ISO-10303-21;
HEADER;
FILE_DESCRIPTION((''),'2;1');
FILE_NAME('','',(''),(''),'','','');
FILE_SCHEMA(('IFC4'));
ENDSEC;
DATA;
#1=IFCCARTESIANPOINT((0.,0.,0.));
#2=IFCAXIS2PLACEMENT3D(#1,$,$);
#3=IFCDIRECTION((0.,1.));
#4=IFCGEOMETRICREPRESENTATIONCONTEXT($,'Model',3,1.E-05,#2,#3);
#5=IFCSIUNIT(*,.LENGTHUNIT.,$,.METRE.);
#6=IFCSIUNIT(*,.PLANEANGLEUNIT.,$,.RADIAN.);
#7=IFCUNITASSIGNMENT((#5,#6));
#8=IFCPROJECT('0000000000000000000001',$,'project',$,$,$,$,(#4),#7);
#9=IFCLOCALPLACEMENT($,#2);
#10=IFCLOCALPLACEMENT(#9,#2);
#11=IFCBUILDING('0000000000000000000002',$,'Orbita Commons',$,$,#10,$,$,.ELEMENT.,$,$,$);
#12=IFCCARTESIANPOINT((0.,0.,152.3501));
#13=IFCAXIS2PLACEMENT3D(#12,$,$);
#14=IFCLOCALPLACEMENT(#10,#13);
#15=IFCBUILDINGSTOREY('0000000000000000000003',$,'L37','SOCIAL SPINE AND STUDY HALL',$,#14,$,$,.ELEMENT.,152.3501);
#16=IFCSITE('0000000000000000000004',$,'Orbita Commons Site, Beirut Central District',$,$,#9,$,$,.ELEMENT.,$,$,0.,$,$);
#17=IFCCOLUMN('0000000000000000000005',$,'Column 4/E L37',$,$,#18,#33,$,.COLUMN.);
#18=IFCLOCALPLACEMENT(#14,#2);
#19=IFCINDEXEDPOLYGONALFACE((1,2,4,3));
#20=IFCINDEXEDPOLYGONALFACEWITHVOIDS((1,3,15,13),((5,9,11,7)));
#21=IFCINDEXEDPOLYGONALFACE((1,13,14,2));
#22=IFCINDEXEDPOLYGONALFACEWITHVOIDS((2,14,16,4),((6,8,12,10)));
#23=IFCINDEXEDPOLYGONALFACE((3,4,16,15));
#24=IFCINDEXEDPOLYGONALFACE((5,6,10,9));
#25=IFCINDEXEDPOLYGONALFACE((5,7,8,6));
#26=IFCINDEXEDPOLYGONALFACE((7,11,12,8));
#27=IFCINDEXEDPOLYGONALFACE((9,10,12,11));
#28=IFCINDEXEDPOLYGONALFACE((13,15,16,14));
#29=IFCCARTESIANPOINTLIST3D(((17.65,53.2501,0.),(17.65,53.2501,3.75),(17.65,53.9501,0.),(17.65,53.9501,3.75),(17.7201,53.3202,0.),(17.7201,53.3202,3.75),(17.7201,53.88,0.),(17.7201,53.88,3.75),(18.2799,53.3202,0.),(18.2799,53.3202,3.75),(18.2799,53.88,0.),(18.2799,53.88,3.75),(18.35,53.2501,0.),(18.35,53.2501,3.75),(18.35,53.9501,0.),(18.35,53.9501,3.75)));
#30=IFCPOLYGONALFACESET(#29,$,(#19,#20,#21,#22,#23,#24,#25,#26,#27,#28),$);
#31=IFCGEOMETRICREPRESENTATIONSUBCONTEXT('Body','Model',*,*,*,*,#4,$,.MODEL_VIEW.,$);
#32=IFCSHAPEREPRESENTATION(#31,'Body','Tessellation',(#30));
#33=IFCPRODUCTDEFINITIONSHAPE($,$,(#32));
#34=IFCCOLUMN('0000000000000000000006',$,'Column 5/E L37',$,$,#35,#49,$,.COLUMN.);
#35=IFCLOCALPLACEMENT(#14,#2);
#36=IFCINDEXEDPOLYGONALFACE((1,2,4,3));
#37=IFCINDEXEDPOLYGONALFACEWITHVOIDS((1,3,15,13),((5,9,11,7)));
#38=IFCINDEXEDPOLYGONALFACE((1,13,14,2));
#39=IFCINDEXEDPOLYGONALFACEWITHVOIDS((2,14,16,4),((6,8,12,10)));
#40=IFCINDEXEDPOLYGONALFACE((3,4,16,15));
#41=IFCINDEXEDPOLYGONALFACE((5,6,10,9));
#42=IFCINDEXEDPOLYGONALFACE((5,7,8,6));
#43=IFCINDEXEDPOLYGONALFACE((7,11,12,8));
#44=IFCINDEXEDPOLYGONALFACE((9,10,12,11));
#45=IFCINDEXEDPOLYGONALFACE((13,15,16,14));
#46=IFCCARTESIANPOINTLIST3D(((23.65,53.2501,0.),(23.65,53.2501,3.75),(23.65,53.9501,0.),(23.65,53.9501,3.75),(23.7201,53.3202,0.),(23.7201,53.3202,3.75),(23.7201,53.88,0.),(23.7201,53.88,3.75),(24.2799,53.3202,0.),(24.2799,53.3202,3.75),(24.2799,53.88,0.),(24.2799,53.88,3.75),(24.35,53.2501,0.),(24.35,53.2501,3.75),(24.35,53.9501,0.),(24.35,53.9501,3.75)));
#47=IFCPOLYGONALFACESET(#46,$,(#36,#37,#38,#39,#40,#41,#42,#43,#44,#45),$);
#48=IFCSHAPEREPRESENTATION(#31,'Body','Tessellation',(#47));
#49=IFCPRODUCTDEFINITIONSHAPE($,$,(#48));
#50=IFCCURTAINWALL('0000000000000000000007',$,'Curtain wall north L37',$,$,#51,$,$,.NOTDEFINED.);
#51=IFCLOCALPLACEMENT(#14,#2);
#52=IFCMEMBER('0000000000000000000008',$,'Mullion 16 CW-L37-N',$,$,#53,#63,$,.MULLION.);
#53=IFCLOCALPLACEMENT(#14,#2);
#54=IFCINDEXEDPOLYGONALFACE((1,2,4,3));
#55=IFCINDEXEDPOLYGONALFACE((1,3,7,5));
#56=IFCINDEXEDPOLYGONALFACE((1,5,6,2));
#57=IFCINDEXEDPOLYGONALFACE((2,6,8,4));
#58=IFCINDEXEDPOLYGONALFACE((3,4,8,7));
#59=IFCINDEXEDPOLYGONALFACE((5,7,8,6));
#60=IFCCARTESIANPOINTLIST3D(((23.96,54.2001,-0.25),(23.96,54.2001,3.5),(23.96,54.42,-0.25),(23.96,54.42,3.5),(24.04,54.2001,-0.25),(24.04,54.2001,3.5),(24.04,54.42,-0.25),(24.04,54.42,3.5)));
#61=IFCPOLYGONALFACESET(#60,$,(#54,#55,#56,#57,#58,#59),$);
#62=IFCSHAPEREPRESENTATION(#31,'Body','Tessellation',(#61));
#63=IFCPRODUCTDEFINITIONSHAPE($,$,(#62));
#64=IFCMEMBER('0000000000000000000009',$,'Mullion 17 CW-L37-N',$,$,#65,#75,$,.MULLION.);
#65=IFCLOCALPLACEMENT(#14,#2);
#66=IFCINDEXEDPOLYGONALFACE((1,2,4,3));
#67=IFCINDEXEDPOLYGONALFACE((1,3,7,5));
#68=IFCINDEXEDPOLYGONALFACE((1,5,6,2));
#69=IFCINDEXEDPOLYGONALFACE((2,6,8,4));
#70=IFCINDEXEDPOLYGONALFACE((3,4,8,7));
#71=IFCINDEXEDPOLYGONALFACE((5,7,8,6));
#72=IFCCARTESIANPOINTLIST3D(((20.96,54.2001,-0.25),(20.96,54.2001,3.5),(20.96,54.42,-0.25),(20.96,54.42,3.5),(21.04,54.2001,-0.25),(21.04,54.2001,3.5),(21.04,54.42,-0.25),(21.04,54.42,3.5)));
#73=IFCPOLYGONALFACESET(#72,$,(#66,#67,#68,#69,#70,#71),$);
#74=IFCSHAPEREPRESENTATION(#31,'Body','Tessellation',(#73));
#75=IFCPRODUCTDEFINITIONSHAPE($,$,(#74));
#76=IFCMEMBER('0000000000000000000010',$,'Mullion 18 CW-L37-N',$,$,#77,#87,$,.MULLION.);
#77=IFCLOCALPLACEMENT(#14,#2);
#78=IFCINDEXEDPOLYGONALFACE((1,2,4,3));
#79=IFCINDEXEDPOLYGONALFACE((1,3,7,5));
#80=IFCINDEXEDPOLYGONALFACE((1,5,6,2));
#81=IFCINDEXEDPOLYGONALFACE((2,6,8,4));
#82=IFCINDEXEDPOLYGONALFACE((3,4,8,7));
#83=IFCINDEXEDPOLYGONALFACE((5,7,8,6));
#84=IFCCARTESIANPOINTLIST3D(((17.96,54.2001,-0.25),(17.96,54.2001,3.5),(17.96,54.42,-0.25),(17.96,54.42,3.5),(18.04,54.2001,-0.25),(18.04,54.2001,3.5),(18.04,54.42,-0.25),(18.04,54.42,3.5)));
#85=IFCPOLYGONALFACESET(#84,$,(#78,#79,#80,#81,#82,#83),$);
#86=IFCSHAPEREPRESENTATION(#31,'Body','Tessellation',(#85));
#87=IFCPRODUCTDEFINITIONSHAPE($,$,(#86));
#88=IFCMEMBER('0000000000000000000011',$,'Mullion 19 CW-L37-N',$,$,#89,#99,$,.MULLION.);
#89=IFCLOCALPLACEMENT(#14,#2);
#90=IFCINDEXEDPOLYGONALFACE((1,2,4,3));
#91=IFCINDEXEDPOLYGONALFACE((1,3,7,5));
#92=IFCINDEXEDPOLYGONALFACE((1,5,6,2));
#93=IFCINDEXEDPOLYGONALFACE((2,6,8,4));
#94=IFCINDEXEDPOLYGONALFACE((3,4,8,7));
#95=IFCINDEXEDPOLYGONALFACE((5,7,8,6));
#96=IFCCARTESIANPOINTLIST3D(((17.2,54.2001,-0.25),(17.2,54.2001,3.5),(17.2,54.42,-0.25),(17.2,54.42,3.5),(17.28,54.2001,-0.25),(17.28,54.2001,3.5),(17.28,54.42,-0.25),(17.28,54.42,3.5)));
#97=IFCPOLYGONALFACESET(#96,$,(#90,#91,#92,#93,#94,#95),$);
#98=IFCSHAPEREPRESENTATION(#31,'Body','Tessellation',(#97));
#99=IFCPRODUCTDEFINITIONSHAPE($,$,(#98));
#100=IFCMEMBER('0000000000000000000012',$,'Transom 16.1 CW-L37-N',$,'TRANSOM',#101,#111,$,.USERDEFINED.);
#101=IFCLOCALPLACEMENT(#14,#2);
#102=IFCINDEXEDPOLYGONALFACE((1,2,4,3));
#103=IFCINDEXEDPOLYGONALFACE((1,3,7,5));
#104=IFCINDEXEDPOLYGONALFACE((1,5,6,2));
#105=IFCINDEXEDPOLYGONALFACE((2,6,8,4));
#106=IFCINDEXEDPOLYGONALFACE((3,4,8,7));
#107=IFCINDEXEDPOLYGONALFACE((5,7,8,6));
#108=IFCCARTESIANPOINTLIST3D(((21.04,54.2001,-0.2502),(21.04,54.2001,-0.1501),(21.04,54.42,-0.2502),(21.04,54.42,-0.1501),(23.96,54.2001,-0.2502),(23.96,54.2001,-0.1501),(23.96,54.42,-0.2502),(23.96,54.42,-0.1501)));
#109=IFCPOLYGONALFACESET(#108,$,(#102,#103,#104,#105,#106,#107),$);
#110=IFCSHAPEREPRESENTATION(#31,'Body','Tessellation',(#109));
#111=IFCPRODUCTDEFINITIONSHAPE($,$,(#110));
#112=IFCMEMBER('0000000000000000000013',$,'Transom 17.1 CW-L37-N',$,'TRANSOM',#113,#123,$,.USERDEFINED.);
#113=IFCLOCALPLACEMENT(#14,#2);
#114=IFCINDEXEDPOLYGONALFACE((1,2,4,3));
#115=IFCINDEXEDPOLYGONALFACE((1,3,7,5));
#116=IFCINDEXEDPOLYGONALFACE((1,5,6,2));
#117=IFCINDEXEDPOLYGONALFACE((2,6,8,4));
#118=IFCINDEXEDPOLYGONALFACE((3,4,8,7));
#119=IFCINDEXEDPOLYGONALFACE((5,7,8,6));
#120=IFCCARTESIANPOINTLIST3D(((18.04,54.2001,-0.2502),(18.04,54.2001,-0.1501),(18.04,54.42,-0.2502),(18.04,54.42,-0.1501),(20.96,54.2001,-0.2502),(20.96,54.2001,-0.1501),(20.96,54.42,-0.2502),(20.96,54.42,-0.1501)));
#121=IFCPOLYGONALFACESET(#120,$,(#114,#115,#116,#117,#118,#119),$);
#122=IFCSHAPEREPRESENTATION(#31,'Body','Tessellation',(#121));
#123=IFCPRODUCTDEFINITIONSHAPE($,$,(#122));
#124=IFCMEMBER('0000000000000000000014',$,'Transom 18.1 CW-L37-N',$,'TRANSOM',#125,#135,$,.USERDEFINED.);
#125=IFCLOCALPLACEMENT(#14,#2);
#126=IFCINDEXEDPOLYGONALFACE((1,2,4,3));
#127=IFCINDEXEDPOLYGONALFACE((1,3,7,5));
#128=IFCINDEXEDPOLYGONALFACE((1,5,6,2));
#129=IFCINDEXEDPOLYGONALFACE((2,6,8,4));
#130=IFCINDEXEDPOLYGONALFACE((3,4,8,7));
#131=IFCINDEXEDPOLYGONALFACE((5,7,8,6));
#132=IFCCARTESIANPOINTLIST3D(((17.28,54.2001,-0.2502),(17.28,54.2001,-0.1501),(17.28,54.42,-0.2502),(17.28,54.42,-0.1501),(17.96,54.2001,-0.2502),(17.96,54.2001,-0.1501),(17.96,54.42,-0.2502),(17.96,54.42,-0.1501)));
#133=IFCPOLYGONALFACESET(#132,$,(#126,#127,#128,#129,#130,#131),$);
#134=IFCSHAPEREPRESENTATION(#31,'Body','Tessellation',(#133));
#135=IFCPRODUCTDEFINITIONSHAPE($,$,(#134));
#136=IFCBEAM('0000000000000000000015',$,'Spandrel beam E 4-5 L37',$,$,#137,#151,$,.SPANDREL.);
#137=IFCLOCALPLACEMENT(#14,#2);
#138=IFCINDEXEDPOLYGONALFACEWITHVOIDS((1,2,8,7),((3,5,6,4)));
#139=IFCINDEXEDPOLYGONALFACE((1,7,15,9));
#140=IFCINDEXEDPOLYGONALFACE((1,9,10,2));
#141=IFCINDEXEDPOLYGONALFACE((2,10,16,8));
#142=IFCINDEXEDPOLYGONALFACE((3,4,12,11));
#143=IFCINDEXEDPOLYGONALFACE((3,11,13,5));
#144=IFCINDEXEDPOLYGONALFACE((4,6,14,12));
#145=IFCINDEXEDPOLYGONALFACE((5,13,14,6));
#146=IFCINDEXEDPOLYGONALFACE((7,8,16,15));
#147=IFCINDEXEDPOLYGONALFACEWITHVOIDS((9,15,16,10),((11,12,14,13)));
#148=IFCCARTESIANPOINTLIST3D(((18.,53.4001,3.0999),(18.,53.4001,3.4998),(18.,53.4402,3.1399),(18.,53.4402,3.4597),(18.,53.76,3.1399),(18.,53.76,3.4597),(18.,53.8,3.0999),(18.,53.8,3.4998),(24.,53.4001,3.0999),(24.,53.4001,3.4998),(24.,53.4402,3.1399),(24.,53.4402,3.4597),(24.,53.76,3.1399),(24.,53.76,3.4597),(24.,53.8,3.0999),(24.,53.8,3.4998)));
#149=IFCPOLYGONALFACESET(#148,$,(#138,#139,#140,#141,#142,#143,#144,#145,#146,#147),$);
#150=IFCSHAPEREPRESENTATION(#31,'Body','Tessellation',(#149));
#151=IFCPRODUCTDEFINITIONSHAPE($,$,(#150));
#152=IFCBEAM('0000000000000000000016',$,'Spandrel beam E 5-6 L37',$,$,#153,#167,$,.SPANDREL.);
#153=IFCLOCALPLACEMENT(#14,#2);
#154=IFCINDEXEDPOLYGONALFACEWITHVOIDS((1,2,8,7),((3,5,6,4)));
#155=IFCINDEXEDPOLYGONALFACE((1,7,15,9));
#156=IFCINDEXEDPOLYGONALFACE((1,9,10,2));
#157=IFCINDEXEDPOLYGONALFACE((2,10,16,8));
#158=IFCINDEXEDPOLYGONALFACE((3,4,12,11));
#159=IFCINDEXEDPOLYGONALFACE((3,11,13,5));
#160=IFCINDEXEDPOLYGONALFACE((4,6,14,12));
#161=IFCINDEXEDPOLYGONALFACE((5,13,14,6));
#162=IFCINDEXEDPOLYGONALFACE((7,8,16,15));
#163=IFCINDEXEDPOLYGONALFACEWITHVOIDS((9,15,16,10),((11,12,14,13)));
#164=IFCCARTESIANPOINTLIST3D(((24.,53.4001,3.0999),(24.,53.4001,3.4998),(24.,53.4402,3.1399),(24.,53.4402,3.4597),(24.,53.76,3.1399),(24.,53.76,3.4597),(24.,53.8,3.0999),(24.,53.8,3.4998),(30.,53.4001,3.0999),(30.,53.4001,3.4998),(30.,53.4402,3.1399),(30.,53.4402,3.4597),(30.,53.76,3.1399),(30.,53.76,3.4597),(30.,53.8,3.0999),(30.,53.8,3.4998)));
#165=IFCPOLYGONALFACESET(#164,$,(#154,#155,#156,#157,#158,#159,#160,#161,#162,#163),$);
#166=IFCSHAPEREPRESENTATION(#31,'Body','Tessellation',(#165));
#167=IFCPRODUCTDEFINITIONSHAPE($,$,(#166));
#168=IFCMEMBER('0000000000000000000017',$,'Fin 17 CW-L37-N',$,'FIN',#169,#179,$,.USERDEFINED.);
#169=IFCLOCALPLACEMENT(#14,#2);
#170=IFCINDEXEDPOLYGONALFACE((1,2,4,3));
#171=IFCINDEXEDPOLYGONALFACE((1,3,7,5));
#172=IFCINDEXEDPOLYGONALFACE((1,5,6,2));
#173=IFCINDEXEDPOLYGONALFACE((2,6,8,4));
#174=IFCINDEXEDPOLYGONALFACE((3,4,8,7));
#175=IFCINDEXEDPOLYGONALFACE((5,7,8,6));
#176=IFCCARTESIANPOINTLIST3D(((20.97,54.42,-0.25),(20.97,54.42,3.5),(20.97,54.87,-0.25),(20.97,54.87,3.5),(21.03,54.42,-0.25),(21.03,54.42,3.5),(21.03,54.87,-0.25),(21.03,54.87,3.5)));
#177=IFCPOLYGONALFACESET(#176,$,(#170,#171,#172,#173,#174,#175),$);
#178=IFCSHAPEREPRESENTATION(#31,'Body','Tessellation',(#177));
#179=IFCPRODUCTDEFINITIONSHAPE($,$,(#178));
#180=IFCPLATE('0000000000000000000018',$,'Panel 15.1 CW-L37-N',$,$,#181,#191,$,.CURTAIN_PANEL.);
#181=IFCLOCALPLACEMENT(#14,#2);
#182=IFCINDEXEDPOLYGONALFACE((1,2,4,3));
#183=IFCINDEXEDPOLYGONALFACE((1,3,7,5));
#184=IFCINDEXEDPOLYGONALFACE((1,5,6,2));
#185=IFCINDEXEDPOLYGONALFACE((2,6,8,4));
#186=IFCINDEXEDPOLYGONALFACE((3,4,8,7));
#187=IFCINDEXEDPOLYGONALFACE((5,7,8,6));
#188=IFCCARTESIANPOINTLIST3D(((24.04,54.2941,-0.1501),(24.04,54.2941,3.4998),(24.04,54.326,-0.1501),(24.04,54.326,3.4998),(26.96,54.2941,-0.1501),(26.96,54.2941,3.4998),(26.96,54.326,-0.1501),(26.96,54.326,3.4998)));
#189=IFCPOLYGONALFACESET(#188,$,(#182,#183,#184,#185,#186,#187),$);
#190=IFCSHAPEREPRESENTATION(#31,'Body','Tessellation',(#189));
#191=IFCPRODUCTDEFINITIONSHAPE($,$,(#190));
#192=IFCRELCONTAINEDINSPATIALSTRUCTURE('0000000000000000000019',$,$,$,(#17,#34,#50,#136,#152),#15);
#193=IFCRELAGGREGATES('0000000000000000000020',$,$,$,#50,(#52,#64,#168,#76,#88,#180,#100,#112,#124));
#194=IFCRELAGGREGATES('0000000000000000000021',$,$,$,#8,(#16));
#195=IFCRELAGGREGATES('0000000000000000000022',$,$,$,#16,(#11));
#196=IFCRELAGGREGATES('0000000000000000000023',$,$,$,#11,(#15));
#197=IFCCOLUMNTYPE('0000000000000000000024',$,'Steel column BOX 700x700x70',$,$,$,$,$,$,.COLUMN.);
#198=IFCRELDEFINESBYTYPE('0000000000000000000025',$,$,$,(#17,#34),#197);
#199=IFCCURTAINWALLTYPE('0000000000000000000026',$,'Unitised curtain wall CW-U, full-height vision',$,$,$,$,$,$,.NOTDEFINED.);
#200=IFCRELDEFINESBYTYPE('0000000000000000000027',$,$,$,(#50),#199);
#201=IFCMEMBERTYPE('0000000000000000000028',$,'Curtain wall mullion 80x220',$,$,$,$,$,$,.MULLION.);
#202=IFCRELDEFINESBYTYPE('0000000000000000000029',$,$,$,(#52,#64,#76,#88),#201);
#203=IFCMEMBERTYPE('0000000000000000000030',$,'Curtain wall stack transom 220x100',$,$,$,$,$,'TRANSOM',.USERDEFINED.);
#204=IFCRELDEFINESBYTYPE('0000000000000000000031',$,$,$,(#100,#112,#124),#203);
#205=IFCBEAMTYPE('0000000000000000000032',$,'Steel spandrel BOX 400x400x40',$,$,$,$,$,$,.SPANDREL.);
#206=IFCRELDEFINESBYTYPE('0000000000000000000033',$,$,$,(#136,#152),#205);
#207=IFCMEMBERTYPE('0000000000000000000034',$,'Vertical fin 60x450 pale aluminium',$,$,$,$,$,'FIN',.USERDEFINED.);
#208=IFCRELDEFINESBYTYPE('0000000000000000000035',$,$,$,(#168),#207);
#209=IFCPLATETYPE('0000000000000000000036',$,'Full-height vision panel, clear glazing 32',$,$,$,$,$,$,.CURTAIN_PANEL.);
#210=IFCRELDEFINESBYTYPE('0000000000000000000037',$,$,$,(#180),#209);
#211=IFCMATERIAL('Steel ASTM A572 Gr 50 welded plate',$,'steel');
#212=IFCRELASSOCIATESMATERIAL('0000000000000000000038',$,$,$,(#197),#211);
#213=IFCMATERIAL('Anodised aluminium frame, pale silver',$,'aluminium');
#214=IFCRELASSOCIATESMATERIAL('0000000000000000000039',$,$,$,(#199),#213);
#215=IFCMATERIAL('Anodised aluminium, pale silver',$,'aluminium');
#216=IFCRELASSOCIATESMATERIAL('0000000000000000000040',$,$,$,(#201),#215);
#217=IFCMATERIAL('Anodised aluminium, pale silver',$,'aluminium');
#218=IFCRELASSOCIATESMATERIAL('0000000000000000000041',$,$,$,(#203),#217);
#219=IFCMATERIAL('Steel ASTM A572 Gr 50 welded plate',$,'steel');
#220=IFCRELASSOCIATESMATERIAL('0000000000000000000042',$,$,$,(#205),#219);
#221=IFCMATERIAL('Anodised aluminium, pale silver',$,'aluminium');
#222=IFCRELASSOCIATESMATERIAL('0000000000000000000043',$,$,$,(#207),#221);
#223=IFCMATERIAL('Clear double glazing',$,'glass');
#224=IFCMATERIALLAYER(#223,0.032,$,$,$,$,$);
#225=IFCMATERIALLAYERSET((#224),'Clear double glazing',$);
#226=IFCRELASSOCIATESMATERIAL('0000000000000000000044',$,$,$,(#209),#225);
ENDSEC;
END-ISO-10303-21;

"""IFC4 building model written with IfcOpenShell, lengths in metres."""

from ifc_helpers import new_model, si_unit, direction, frame, origin, origin_2d, place, context, subcontext, project, spatial, rectangle, hollow_rectangle, extrude, material, layer, layer_set, material_profile, profile_set, type_object, element, aggregate, save


model = new_model("IFC4")

# Units and contexts
model_context = context("Model", 3, precision=1e-05, world=origin(), true_north=direction((0.0, 1.0)))
body_context = subcontext(model_context, "Body", "Model", "MODEL_VIEW")
ifc_project = project(units=[si_unit("LENGTHUNIT", "METRE"), si_unit("PLANEANGLEUNIT", "RADIAN")], contexts=[model_context])

# Site, building, storey
site_placement = place(None, origin())
site = spatial("IfcSite", under=ifc_project, at=site_placement, Name="Orbita Commons Site, Beirut Central District", CompositionType="ELEMENT", RefElevation=0.0)
building_placement = place(site_placement, origin())
building = spatial("IfcBuilding", under=site, at=building_placement, Name="Orbita Commons", CompositionType="ELEMENT")
storey_placement = place(building_placement, frame((0.0, 0.0, 152.3501)))
storey = spatial("IfcBuildingStorey", under=building, at=storey_placement, Name="L37", Description="SOCIAL SPINE AND STUDY HALL", CompositionType="ELEMENT", Elevation=152.3501)

# Columns
ifc_material_1 = material(Name="Steel ASTM A572 Gr 50 welded plate", Category="steel")
ifc_material_profile_1 = material_profile(ifc_material_1, hollow_rectangle(XDim=0.7, YDim=0.7, WallThickness=0.0701, at=origin_2d()), Name="BOX 700x700x70")
ifc_profile_set_1 = profile_set([ifc_material_profile_1], Name="Steel ASTM A572 Gr 50 welded plate")
column_type = type_object("IfcColumnType", Name="Steel column BOX 700x700x70", PredefinedType="COLUMN", material=ifc_profile_set_1)
for number, where, z_axis, x_axis, name in (
    (1, (18.0, 53.6001, 0.0), (0.0, 0.0, 1.0), (1.0, 0.0, 0.0), "Column 4/E L37"),
    (2, (24.0, 53.6001, 0.0), (0.0, 0.0, 1.0), (1.0, 0.0, 0.0), "Column 5/E L37"),
):
    element("IfcColumn", number, at=place(storey_placement, frame(where, z_axis=z_axis, x_axis=x_axis)), inside=storey, type_object=column_type, Name=name, PredefinedType="COLUMN", context=body_context, shape_type="SweptSolid", body=[
        extrude(hollow_rectangle(XDim=0.7, YDim=0.7, WallThickness=0.0701, at=origin_2d()), origin(), (0.0, 0.0, 1.0), 3.75),
    ])

# Curtain wall, members
ifc_material_2 = material(Name="Anodised aluminium frame, pale silver", Category="aluminium")
curtain_wall_type = type_object("IfcCurtainWallType", Name="Unitised curtain wall CW-U, full-height vision", PredefinedType="NOTDEFINED", material=ifc_material_2)
curtain_wall_placement = place(storey_placement, origin())
curtain_wall = element("IfcCurtainWall", 3, at=curtain_wall_placement, inside=storey, type_object=curtain_wall_type, Name="Curtain wall north L37", PredefinedType="NOTDEFINED")
ifc_material_3 = material(Name="Anodised aluminium, pale silver", Category="aluminium")
ifc_material_profile_2 = material_profile(ifc_material_3, rectangle(XDim=0.0801, YDim=0.22, at=origin_2d()), Name="AL 80x220")
ifc_profile_set_2 = profile_set([ifc_material_profile_2], Name="Anodised aluminium, pale silver")
member_type_1 = type_object("IfcMemberType", Name="Curtain wall mullion 80x220", PredefinedType="MULLION", material=ifc_profile_set_2)
member_1_placement = place(storey_placement, frame((24.0, 54.3101, -0.25), z_axis=(0.0, 0.0, 1.0), x_axis=(-1.0, 0.0, 0.0)))
member_1 = element("IfcMember", 4, at=member_1_placement, type_object=member_type_1, Name="Mullion 16 CW-L37-N", PredefinedType="MULLION", context=body_context, shape_type="SweptSolid", body=[
    extrude(rectangle(XDim=0.0801, YDim=0.22, at=origin_2d()), origin(), (0.0, 0.0, 1.0), 3.75),
])
member_2_placement = place(storey_placement, frame((21.0, 54.3101, -0.25), z_axis=(0.0, 0.0, 1.0), x_axis=(-1.0, 0.0, 0.0)))
member_2 = element("IfcMember", 5, at=member_2_placement, type_object=member_type_1, Name="Mullion 17 CW-L37-N", PredefinedType="MULLION", context=body_context, shape_type="SweptSolid", body=[
    extrude(rectangle(XDim=0.0801, YDim=0.22, at=origin_2d()), origin(), (0.0, 0.0, 1.0), 3.75),
])
member_3_placement = place(storey_placement, frame((18.0, 54.3101, -0.25), z_axis=(0.0, 0.0, 1.0), x_axis=(-1.0, 0.0, 0.0)))
member_3 = element("IfcMember", 6, at=member_3_placement, type_object=member_type_1, Name="Mullion 18 CW-L37-N", PredefinedType="MULLION", context=body_context, shape_type="SweptSolid", body=[
    extrude(rectangle(XDim=0.0801, YDim=0.22, at=origin_2d()), origin(), (0.0, 0.0, 1.0), 3.75),
])
member_4_placement = place(storey_placement, frame((17.24, 54.3101, -0.25), z_axis=(0.0, 0.0, 1.0), x_axis=(-1.0, 0.0, 0.0)))
member_4 = element("IfcMember", 7, at=member_4_placement, type_object=member_type_1, Name="Mullion 19 CW-L37-N", PredefinedType="MULLION", context=body_context, shape_type="SweptSolid", body=[
    extrude(rectangle(XDim=0.0801, YDim=0.22, at=origin_2d()), origin(), (0.0, 0.0, 1.0), 3.75),
])
ifc_material_4 = material(Name="Anodised aluminium, pale silver", Category="aluminium")
ifc_material_profile_3 = material_profile(ifc_material_4, rectangle(XDim=0.22, YDim=0.1001, at=origin_2d()), Name="AL 220x100")
ifc_profile_set_3 = profile_set([ifc_material_profile_3], Name="Anodised aluminium, pale silver")
member_type_2 = type_object("IfcMemberType", Name="Curtain wall stack transom 220x100", ElementType="TRANSOM", PredefinedType="USERDEFINED", material=ifc_profile_set_3)
member_5_placement = place(storey_placement, frame((23.96, 54.3101, -0.2002), z_axis=(-1.0, 0.0, 0.0), x_axis=(0.0, -1.0, 0.0)))
member_5 = element("IfcMember", 8, at=member_5_placement, type_object=member_type_2, Name="Transom 16.1 CW-L37-N", ObjectType="TRANSOM", PredefinedType="USERDEFINED", context=body_context, shape_type="SweptSolid", body=[
    extrude(rectangle(XDim=0.22, YDim=0.1001, at=origin_2d()), origin(), (0.0, 0.0, 1.0), 2.9199),
])
member_6_placement = place(storey_placement, frame((20.96, 54.3101, -0.2002), z_axis=(-1.0, 0.0, 0.0), x_axis=(0.0, -1.0, 0.0)))
member_6 = element("IfcMember", 9, at=member_6_placement, type_object=member_type_2, Name="Transom 17.1 CW-L37-N", ObjectType="TRANSOM", PredefinedType="USERDEFINED", context=body_context, shape_type="SweptSolid", body=[
    extrude(rectangle(XDim=0.22, YDim=0.1001, at=origin_2d()), origin(), (0.0, 0.0, 1.0), 2.9199),
])
member_7_placement = place(storey_placement, frame((17.96, 54.3101, -0.2002), z_axis=(-1.0, 0.0, 0.0), x_axis=(0.0, -1.0, 0.0)))
member_7 = element("IfcMember", 10, at=member_7_placement, type_object=member_type_2, Name="Transom 18.1 CW-L37-N", ObjectType="TRANSOM", PredefinedType="USERDEFINED", context=body_context, shape_type="SweptSolid", body=[
    extrude(rectangle(XDim=0.22, YDim=0.1001, at=origin_2d()), origin(), (0.0, 0.0, 1.0), 0.6799),
])

# Beams
ifc_material_5 = material(Name="Steel ASTM A572 Gr 50 welded plate", Category="steel")
ifc_material_profile_4 = material_profile(ifc_material_5, hollow_rectangle(XDim=0.3999, YDim=0.3999, WallThickness=0.04, at=origin_2d()), Name="BOX 400x400x40")
ifc_profile_set_4 = profile_set([ifc_material_profile_4], Name="Steel ASTM A572 Gr 50 welded plate")
beam_type = type_object("IfcBeamType", Name="Steel spandrel BOX 400x400x40", PredefinedType="SPANDREL", material=ifc_profile_set_4)
for number, where, z_axis, x_axis, name in (
    (11, (18.0, 53.6001, 3.2998), (1.0, 0.0, 0.0), (0.0, 1.0, 0.0), "Spandrel beam E 4-5 L37"),
    (12, (24.0, 53.6001, 3.2998), (1.0, 0.0, 0.0), (0.0, 1.0, 0.0), "Spandrel beam E 5-6 L37"),
):
    element("IfcBeam", number, at=place(storey_placement, frame(where, z_axis=z_axis, x_axis=x_axis)), inside=storey, type_object=beam_type, Name=name, PredefinedType="SPANDREL", context=body_context, shape_type="SweptSolid", body=[
        extrude(hollow_rectangle(XDim=0.3999, YDim=0.3999, WallThickness=0.04, at=origin_2d()), origin(), (0.0, 0.0, 1.0), 6.0),
    ])

# Member
ifc_material_6 = material(Name="Anodised aluminium, pale silver", Category="aluminium")
ifc_material_profile_5 = material_profile(ifc_material_6, rectangle(XDim=0.0601, YDim=0.45, at=origin_2d()), Name="FIN 60x450")
ifc_profile_set_5 = profile_set([ifc_material_profile_5], Name="Anodised aluminium, pale silver")
member_type_3 = type_object("IfcMemberType", Name="Vertical fin 60x450 pale aluminium", ElementType="FIN", PredefinedType="USERDEFINED", material=ifc_profile_set_5)
member_8_placement = place(storey_placement, frame((21.0, 54.645, -0.25), z_axis=(0.0, 0.0, 1.0), x_axis=(-1.0, 0.0, 0.0)))
member_8 = element("IfcMember", 13, at=member_8_placement, type_object=member_type_3, Name="Fin 17 CW-L37-N", ObjectType="FIN", PredefinedType="USERDEFINED", context=body_context, shape_type="SweptSolid", body=[
    extrude(rectangle(XDim=0.0601, YDim=0.45, at=origin_2d()), origin(), (0.0, 0.0, 1.0), 3.75),
])

# Plate
ifc_material_7 = material(Name="Clear double glazing", Category="glass")
ifc_layer_1 = layer(ifc_material_7, 0.032)
ifc_layer_set_1 = layer_set([ifc_layer_1], Name="Clear double glazing")
plate_type = type_object("IfcPlateType", Name="Full-height vision panel, clear glazing 32", PredefinedType="CURTAIN_PANEL", material=ifc_layer_set_1)
plate_1_placement = place(storey_placement, frame((25.5, 54.3101, -0.1501), z_axis=(0.0, 0.0, 1.0), x_axis=(-1.0, 0.0, 0.0)))
plate_1 = element("IfcPlate", 14, at=plate_1_placement, type_object=plate_type, Name="Panel 15.1 CW-L37-N", PredefinedType="CURTAIN_PANEL", context=body_context, shape_type="SweptSolid", body=[
    extrude(rectangle(XDim=2.9199, YDim=0.032, at=origin_2d()), origin(), (0.0, 0.0, 1.0), 3.6499),
])
aggregate(curtain_wall, [member_1, member_2, member_8, member_3, member_4, plate_1, member_5, member_6, member_7])

save(model, "model.ifc")
